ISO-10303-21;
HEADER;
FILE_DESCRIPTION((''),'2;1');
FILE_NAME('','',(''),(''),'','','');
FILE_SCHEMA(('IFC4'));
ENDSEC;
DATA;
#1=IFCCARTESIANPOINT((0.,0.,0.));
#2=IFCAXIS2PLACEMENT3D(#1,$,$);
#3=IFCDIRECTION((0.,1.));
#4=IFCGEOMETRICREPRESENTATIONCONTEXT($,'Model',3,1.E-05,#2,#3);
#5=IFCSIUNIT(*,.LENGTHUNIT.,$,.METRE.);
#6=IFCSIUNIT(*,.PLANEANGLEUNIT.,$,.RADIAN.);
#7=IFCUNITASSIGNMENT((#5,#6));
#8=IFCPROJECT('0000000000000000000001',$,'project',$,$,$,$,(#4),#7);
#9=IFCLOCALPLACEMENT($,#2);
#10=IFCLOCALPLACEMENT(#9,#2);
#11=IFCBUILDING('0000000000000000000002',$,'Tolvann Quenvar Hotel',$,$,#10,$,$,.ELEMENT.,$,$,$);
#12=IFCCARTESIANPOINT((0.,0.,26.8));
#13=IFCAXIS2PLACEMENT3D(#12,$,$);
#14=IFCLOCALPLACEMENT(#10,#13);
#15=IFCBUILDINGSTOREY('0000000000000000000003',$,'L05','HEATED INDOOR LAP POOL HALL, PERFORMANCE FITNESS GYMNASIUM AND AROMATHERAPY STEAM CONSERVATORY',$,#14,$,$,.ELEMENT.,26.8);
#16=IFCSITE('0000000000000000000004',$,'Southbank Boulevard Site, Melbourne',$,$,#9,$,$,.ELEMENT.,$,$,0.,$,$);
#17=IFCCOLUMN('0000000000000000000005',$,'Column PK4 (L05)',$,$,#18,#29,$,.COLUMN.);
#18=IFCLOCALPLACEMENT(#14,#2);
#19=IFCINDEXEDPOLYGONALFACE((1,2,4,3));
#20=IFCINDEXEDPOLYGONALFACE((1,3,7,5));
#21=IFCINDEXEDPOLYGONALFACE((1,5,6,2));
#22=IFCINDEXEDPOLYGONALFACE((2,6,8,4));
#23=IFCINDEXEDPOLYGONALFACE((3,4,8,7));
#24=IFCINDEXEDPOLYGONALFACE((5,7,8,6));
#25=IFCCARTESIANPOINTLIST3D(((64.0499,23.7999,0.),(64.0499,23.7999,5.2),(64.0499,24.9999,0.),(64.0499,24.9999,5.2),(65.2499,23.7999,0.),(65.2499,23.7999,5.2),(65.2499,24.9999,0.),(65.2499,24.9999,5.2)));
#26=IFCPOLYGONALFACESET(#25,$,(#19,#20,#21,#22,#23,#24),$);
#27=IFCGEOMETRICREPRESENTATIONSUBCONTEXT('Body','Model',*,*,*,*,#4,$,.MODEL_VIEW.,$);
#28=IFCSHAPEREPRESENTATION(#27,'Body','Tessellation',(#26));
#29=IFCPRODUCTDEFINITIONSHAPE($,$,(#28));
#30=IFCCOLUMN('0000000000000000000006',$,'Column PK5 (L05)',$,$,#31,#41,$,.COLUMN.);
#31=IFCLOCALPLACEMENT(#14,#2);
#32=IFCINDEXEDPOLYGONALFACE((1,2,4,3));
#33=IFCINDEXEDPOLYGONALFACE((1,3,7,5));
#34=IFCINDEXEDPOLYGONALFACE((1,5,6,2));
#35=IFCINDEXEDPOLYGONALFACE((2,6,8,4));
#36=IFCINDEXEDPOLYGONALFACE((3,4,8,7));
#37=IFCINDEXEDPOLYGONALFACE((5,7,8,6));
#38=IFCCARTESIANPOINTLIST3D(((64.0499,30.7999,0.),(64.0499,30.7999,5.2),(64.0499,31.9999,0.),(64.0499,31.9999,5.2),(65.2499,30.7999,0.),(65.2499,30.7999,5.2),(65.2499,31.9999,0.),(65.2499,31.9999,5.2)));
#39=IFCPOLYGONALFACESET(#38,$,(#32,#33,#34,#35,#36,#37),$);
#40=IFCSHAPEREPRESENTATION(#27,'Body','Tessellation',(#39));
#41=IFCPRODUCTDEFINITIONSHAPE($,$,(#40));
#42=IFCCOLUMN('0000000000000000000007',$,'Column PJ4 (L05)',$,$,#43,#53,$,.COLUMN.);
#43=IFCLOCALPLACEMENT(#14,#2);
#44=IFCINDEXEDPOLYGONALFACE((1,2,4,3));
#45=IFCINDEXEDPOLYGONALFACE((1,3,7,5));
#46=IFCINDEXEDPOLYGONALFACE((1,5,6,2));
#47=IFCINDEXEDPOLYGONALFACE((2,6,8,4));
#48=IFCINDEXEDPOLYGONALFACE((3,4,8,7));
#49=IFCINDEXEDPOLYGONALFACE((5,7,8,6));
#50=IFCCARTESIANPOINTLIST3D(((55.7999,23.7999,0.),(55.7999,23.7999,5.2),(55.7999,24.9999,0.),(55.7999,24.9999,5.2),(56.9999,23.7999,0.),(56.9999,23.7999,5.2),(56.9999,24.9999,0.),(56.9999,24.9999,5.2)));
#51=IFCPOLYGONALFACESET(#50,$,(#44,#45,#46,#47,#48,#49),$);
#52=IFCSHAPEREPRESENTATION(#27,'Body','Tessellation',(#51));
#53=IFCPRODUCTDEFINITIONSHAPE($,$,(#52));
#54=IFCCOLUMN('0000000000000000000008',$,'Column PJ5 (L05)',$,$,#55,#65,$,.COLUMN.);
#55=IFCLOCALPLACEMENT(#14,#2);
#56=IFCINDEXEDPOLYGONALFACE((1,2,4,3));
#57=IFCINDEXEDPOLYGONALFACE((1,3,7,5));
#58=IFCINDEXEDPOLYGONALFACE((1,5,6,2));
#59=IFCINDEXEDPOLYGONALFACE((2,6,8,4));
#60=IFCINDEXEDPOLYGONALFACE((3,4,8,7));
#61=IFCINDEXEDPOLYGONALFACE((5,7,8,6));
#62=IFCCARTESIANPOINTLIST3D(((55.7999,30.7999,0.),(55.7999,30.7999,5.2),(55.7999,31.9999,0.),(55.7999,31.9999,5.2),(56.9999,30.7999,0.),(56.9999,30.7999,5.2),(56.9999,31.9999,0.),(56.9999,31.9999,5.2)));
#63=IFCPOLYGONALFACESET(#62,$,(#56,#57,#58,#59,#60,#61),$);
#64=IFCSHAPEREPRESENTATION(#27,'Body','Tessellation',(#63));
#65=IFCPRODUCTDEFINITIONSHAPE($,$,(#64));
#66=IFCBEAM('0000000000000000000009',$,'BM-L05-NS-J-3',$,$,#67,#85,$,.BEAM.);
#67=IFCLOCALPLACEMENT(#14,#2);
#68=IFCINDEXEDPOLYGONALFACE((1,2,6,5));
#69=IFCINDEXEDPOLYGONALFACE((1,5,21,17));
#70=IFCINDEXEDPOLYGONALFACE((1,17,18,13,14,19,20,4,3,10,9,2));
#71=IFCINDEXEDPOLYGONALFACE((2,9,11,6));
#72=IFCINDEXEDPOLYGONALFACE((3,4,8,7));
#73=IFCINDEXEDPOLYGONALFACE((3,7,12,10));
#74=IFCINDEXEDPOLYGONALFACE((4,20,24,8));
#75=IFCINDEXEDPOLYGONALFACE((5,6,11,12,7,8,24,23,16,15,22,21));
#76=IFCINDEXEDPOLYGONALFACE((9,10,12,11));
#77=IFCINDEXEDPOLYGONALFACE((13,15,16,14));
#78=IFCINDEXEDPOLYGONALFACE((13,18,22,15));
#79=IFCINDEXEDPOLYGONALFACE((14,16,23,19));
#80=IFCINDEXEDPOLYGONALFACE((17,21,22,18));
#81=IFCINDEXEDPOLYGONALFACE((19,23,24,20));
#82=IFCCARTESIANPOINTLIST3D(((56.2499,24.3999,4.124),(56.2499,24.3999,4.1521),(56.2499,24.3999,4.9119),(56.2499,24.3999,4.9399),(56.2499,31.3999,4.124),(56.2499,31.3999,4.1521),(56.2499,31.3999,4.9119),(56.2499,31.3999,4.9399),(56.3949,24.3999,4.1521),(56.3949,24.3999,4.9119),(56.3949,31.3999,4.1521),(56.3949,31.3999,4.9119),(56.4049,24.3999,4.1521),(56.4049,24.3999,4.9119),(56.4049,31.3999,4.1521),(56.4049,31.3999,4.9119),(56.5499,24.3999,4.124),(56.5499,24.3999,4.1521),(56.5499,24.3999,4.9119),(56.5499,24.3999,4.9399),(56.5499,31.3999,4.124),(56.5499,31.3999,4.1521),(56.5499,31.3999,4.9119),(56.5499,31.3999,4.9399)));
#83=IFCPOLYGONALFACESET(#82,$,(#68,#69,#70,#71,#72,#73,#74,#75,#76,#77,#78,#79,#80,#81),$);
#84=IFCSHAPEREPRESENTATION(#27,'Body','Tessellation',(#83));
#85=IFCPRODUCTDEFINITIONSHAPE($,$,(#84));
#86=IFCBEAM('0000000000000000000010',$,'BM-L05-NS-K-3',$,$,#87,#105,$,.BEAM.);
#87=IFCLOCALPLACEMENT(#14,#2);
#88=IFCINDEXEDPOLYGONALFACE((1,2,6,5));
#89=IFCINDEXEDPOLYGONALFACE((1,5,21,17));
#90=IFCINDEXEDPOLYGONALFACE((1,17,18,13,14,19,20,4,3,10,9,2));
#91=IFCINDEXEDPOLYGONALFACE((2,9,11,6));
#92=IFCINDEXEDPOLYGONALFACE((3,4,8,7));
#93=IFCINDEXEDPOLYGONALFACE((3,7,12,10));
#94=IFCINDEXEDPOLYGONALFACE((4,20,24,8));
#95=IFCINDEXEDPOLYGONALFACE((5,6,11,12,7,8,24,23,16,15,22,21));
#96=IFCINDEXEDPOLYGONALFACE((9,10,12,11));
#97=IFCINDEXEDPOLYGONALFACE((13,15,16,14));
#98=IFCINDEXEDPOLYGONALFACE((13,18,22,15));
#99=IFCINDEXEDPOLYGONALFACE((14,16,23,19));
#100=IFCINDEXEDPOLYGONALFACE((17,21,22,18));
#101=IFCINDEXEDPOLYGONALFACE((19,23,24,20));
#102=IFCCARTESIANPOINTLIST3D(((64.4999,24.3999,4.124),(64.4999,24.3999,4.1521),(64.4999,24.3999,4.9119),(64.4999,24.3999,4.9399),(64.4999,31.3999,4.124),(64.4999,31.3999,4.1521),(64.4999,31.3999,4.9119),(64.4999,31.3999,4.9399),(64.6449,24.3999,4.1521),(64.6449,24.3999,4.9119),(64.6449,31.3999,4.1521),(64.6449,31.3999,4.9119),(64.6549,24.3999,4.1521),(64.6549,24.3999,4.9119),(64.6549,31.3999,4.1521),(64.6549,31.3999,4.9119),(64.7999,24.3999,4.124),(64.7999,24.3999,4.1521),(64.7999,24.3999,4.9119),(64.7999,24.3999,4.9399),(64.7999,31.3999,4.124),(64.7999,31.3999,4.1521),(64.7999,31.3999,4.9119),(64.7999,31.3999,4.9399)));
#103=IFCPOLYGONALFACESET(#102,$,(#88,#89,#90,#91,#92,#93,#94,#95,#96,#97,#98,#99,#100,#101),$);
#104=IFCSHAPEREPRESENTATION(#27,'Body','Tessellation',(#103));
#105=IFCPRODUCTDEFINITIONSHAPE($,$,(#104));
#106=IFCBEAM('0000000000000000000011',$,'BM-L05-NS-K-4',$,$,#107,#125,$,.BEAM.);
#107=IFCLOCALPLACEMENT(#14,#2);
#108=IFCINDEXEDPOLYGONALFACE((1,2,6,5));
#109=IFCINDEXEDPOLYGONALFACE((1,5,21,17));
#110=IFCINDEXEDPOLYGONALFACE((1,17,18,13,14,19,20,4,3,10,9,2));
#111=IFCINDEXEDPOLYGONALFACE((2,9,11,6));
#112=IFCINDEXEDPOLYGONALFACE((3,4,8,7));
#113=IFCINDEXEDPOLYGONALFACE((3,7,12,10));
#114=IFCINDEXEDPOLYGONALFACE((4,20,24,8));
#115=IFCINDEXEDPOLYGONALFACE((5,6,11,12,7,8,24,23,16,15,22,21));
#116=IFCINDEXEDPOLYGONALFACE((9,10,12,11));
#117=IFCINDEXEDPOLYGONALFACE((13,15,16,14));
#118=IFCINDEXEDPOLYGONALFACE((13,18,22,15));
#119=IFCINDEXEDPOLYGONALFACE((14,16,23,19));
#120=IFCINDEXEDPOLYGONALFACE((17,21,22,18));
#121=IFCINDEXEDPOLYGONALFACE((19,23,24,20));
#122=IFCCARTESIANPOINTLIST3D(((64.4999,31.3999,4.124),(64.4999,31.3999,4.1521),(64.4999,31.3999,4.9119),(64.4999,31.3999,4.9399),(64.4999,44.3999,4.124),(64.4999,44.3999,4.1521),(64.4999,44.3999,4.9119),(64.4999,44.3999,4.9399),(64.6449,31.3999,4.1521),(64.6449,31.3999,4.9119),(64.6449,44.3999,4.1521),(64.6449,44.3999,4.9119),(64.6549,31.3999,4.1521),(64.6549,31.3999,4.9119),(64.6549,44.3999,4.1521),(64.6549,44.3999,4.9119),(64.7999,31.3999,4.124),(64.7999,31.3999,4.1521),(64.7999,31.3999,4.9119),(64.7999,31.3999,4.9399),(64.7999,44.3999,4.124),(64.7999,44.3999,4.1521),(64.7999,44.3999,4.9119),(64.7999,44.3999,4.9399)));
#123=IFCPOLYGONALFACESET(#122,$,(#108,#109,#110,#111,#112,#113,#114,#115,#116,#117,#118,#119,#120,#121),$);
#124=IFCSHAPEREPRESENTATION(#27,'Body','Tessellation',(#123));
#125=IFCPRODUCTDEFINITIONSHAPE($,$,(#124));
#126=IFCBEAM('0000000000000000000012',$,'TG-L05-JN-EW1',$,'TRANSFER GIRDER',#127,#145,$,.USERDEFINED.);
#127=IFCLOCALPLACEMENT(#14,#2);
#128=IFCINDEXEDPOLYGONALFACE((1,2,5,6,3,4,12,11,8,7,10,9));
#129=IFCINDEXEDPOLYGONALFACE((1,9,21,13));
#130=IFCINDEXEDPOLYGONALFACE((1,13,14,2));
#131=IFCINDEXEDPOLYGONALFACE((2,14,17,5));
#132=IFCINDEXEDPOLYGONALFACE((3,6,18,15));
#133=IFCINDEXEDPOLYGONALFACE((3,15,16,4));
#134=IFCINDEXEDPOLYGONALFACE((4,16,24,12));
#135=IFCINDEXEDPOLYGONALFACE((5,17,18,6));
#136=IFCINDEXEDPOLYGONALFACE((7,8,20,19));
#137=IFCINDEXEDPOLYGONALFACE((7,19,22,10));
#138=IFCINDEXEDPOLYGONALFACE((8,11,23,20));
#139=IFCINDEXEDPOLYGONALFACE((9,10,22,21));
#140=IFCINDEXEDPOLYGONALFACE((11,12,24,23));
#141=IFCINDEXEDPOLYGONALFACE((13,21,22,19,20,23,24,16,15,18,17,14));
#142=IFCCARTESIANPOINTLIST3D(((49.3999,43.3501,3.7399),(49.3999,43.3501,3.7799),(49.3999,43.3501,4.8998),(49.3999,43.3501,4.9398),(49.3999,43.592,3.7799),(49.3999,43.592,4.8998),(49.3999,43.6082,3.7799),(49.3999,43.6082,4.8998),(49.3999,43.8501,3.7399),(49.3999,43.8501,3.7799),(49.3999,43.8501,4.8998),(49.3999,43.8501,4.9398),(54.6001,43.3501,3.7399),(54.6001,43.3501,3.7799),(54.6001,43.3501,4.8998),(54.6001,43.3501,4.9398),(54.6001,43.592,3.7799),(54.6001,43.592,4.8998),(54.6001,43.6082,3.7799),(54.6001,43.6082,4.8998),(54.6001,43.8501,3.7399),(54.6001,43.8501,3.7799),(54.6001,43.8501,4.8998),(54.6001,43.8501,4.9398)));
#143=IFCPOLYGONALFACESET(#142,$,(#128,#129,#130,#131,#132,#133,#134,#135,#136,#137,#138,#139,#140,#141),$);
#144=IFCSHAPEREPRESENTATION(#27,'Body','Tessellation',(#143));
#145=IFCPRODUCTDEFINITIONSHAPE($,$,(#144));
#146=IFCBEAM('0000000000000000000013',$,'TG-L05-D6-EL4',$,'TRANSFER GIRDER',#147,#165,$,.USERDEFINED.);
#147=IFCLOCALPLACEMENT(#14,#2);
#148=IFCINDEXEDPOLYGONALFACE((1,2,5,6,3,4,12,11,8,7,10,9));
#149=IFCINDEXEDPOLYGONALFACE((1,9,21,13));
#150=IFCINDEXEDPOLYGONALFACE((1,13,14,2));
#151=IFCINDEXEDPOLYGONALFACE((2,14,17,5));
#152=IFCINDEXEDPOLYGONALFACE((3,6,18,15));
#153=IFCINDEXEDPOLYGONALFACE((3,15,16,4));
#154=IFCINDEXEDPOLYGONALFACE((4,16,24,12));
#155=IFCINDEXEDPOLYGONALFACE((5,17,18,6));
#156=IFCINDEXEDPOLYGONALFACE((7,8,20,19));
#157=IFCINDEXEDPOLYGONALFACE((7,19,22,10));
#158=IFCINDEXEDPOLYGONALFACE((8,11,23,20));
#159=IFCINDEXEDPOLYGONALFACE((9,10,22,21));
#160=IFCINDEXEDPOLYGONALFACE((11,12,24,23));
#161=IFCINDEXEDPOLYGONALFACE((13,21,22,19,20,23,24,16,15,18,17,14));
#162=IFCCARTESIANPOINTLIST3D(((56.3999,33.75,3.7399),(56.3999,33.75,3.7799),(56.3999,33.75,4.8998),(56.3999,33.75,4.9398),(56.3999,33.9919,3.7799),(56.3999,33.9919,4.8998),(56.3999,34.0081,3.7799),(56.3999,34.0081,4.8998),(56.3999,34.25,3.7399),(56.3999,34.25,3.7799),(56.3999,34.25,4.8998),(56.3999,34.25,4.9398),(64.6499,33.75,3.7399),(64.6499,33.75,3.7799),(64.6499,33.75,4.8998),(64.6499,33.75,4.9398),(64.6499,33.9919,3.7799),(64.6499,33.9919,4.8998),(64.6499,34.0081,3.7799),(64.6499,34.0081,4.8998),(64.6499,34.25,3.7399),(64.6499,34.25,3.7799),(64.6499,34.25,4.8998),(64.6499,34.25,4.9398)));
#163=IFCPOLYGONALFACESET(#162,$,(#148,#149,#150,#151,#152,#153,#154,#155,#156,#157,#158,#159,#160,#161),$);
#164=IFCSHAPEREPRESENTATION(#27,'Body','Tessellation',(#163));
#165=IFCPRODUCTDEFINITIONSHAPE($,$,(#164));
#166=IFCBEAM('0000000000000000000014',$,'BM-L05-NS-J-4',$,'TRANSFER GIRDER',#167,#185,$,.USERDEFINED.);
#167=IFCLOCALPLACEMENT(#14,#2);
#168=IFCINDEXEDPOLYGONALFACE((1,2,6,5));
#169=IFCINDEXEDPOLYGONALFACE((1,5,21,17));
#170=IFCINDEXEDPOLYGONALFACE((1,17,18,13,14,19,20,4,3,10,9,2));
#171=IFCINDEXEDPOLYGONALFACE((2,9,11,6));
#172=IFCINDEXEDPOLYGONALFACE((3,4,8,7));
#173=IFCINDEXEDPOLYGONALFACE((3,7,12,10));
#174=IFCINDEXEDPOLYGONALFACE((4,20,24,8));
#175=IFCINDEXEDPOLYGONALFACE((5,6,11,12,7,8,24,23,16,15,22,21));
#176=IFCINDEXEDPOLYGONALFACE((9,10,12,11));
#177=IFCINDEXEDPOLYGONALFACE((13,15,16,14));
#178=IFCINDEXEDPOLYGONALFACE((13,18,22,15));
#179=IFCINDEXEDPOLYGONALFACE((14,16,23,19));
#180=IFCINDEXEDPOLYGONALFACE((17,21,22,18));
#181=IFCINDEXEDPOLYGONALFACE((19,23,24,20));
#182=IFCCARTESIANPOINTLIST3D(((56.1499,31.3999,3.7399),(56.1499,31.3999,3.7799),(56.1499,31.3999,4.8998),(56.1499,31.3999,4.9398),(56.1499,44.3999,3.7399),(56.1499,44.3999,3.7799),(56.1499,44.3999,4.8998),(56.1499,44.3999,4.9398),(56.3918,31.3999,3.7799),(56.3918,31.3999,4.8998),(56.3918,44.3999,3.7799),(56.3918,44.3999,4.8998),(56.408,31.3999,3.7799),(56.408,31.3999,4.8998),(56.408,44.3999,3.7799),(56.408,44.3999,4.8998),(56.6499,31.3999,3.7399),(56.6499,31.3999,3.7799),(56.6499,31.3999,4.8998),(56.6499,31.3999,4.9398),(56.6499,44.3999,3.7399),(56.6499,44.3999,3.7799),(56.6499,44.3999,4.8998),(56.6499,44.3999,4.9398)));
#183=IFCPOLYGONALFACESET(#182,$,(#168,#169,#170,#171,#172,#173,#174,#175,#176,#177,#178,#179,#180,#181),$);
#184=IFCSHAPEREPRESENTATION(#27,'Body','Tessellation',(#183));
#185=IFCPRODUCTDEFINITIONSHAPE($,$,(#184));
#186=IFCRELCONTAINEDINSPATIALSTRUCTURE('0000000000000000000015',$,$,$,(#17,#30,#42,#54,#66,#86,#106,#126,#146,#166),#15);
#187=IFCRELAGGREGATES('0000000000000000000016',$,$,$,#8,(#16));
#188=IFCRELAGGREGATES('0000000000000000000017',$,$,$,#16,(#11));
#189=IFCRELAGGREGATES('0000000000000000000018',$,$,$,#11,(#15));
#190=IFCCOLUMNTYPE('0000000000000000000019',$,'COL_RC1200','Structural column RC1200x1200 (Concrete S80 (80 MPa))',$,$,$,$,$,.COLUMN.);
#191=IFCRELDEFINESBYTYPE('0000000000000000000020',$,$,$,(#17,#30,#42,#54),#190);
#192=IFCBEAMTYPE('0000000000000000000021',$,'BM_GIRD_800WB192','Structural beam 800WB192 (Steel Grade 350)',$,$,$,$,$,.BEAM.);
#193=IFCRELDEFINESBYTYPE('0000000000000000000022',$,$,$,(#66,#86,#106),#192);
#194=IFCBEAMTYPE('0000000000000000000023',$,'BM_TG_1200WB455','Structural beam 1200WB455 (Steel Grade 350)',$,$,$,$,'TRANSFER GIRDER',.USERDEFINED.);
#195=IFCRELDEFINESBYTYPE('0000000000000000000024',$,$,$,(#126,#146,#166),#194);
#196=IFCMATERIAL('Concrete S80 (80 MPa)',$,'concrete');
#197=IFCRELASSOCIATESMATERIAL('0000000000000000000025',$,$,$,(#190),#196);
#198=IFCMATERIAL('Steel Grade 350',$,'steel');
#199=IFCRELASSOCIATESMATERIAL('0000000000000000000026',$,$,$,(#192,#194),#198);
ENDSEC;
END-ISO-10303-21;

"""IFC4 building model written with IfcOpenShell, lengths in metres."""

from ifc_helpers import new_model, si_unit, direction, frame, origin, origin_2d, place, context, subcontext, project, spatial, rectangle, i_section, extrude, source, transform, mapped, material, material_profile, profile_set, type_object, type_shapes, element, save


model = new_model("IFC4")

# Units and contexts
model_context = context("Model", 3, precision=1e-05, world=origin(), true_north=direction((0.0, 1.0)))
body_context = subcontext(model_context, "Body", "Model", "MODEL_VIEW")
ifc_project = project(units=[si_unit("LENGTHUNIT", "METRE"), si_unit("PLANEANGLEUNIT", "RADIAN")], contexts=[model_context])

# Site, building, storey
site_placement = place(None, origin())
site = spatial("IfcSite", under=ifc_project, at=site_placement, Name="Southbank Boulevard Site, Melbourne", CompositionType="ELEMENT", RefElevation=0.0)
building_placement = place(site_placement, origin())
building = spatial("IfcBuilding", under=site, at=building_placement, Name="Tolvann Quenvar Hotel", CompositionType="ELEMENT")
storey_placement = place(building_placement, frame((0.0, 0.0, 26.8)))
storey = spatial("IfcBuildingStorey", under=building, at=storey_placement, Name="L05", Description="HEATED INDOOR LAP POOL HALL, PERFORMANCE FITNESS GYMNASIUM AND AROMATHERAPY STEAM CONSERVATORY", CompositionType="ELEMENT", Elevation=26.8)

# Columns
ifc_material_1 = material(Name="Concrete S80 (80 MPa)", Category="concrete")
ifc_material_profile_1 = material_profile(ifc_material_1, rectangle(XDim=1.2, YDim=1.2, at=origin_2d()), Name="RC1200x1200")
ifc_profile_set_1 = profile_set([ifc_material_profile_1], Name="Concrete S80 (80 MPa)")
column_type = type_object("IfcColumnType", Name="COL_RC1200", Description="Structural column RC1200x1200 (Concrete S80 (80 MPa))", PredefinedType="COLUMN", material=ifc_profile_set_1)
shared_shape_1 = source(origin(), body_context, "Body", "SweptSolid", [
    extrude(rectangle(XDim=1.2, YDim=1.2, at=origin_2d()), origin(), (0.0, 0.0, 1.0), 5.2),
])
type_shapes(column_type, [shared_shape_1])
for number, where, z_axis, x_axis, name in (
    (1, (64.6499, 24.3999, 0.0), (0.0, 0.0, 1.0), (1.0, 0.0, 0.0), "Column PK4 (L05)"),
    (2, (64.6499, 31.3999, 0.0), (0.0, 0.0, 1.0), (1.0, 0.0, 0.0), "Column PK5 (L05)"),
    (3, (56.3999, 24.3999, 0.0), (0.0, 0.0, 1.0), (1.0, 0.0, 0.0), "Column PJ4 (L05)"),
    (4, (56.3999, 31.3999, 0.0), (0.0, 0.0, 1.0), (1.0, 0.0, 0.0), "Column PJ5 (L05)"),
):
    element("IfcColumn", number, at=place(storey_placement, frame(where, z_axis=z_axis, x_axis=x_axis)), inside=storey, type_object=column_type, Name=name, PredefinedType="COLUMN", context=body_context, shape_type="MappedRepresentation", body=[
        mapped(shared_shape_1, transform((0.0, 0.0, 0.0), x_axis=(1.0, 0.0, 0.0), y_axis=(0.0, 1.0, 0.0), z_axis=(0.0, 0.0, 1.0), scale=1.0)),
    ])

# Beams
ifc_material_2 = material(Name="Steel Grade 350", Category="steel")
ifc_material_profile_2 = material_profile(ifc_material_2, i_section(OverallWidth=0.3, OverallDepth=0.8159, WebThickness=0.01, FlangeThickness=0.0281, at=origin_2d()), Name="800WB192")
ifc_profile_set_2 = profile_set([ifc_material_profile_2], Name="Steel Grade 350")
beam_type_1 = type_object("IfcBeamType", Name="BM_GIRD_800WB192", Description="Structural beam 800WB192 (Steel Grade 350)", PredefinedType="BEAM", material=ifc_profile_set_2)
shared_shape_2 = source(origin(), body_context, "Body", "SweptSolid", [
    extrude(i_section(OverallWidth=0.3, OverallDepth=0.8159, WebThickness=0.01, FlangeThickness=0.0281, at=origin_2d()), origin(), (0.0, 0.0, 1.0), 7.0),
])
for number, where, z_axis, x_axis, name in (
    (5, (56.3999, 24.3999, 4.532), (0.0, 1.0, 0.0), (-1.0, 0.0, 0.0), "BM-L05-NS-J-3"),
    (6, (64.6499, 24.3999, 4.532), (0.0, 1.0, 0.0), (-1.0, 0.0, 0.0), "BM-L05-NS-K-3"),
):
    element("IfcBeam", number, at=place(storey_placement, frame(where, z_axis=z_axis, x_axis=x_axis)), inside=storey, type_object=beam_type_1, Name=name, PredefinedType="BEAM", context=body_context, shape_type="MappedRepresentation", body=[
        mapped(shared_shape_2, transform((0.0, 0.0, 0.0), x_axis=(1.0, 0.0, 0.0), y_axis=(0.0, 1.0, 0.0), z_axis=(0.0, 0.0, 1.0), scale=1.0)),
    ])
shared_shape_3 = source(origin(), body_context, "Body", "SweptSolid", [
    extrude(i_section(OverallWidth=0.3, OverallDepth=0.8159, WebThickness=0.01, FlangeThickness=0.0281, at=origin_2d()), origin(), (0.0, 0.0, 1.0), 13.0),
])
type_shapes(beam_type_1, [shared_shape_2, shared_shape_3])
beam_1_placement = place(storey_placement, frame((64.6499, 31.3999, 4.532), z_axis=(0.0, 1.0, 0.0), x_axis=(-1.0, 0.0, 0.0)))
element("IfcBeam", 7, at=beam_1_placement, inside=storey, type_object=beam_type_1, Name="BM-L05-NS-K-4", PredefinedType="BEAM", context=body_context, shape_type="MappedRepresentation", body=[
    mapped(shared_shape_3, transform((0.0, 0.0, 0.0), x_axis=(1.0, 0.0, 0.0), y_axis=(0.0, 1.0, 0.0), z_axis=(0.0, 0.0, 1.0), scale=1.0)),
])
ifc_material_profile_3 = material_profile(ifc_material_2, i_section(OverallWidth=0.5, OverallDepth=1.2, WebThickness=0.0161, FlangeThickness=0.04, at=origin_2d()), Name="1200WB455")
ifc_profile_set_3 = profile_set([ifc_material_profile_3], Name="Steel Grade 350")
beam_type_2 = type_object("IfcBeamType", Name="BM_TG_1200WB455", Description="Structural beam 1200WB455 (Steel Grade 350)", ElementType="TRANSFER GIRDER", PredefinedType="USERDEFINED", material=ifc_profile_set_3)
shared_shape_4 = source(origin(), body_context, "Body", "SweptSolid", [
    extrude(i_section(OverallWidth=0.5, OverallDepth=1.2, WebThickness=0.0161, FlangeThickness=0.04, at=origin_2d()), origin(), (0.0, 0.0, 1.0), 5.2002),
])
beam_2_placement = place(storey_placement, frame((49.3999, 43.6001, 4.3398), z_axis=(1.0, 0.0, 0.0), x_axis=(0.0, 1.0, 0.0)))
element("IfcBeam", 8, at=beam_2_placement, inside=storey, type_object=beam_type_2, Name="TG-L05-JN-EW1", ObjectType="TRANSFER GIRDER", PredefinedType="USERDEFINED", context=body_context, shape_type="MappedRepresentation", body=[
    mapped(shared_shape_4, transform((0.0, 0.0, 0.0), x_axis=(1.0, 0.0, 0.0), y_axis=(0.0, 1.0, 0.0), z_axis=(0.0, 0.0, 1.0), scale=1.0)),
])
shared_shape_5 = source(origin(), body_context, "Body", "SweptSolid", [
    extrude(i_section(OverallWidth=0.5, OverallDepth=1.2, WebThickness=0.0161, FlangeThickness=0.04, at=origin_2d()), origin(), (0.0, 0.0, 1.0), 8.25),
])
beam_3_placement = place(storey_placement, frame((56.3999, 34.0, 4.3398), z_axis=(1.0, 0.0, 0.0), x_axis=(0.0, 1.0, 0.0)))
element("IfcBeam", 9, at=beam_3_placement, inside=storey, type_object=beam_type_2, Name="TG-L05-D6-EL4", ObjectType="TRANSFER GIRDER", PredefinedType="USERDEFINED", context=body_context, shape_type="MappedRepresentation", body=[
    mapped(shared_shape_5, transform((0.0, 0.0, 0.0), x_axis=(1.0, 0.0, 0.0), y_axis=(0.0, 1.0, 0.0), z_axis=(0.0, 0.0, 1.0), scale=1.0)),
])
shared_shape_6 = source(origin(), body_context, "Body", "SweptSolid", [
    extrude(i_section(OverallWidth=0.5, OverallDepth=1.2, WebThickness=0.0161, FlangeThickness=0.04, at=origin_2d()), origin(), (0.0, 0.0, 1.0), 13.0),
])
type_shapes(beam_type_2, [shared_shape_4, shared_shape_5, shared_shape_6])
beam_4_placement = place(storey_placement, frame((56.3999, 31.3999, 4.3398), z_axis=(0.0, 1.0, 0.0), x_axis=(-1.0, 0.0, 0.0)))
element("IfcBeam", 10, at=beam_4_placement, inside=storey, type_object=beam_type_2, Name="BM-L05-NS-J-4", ObjectType="TRANSFER GIRDER", PredefinedType="USERDEFINED", context=body_context, shape_type="MappedRepresentation", body=[
    mapped(shared_shape_6, transform((0.0, 0.0, 0.0), x_axis=(1.0, 0.0, 0.0), y_axis=(0.0, 1.0, 0.0), z_axis=(0.0, 0.0, 1.0), scale=1.0)),
])

save(model, "model.ifc")
